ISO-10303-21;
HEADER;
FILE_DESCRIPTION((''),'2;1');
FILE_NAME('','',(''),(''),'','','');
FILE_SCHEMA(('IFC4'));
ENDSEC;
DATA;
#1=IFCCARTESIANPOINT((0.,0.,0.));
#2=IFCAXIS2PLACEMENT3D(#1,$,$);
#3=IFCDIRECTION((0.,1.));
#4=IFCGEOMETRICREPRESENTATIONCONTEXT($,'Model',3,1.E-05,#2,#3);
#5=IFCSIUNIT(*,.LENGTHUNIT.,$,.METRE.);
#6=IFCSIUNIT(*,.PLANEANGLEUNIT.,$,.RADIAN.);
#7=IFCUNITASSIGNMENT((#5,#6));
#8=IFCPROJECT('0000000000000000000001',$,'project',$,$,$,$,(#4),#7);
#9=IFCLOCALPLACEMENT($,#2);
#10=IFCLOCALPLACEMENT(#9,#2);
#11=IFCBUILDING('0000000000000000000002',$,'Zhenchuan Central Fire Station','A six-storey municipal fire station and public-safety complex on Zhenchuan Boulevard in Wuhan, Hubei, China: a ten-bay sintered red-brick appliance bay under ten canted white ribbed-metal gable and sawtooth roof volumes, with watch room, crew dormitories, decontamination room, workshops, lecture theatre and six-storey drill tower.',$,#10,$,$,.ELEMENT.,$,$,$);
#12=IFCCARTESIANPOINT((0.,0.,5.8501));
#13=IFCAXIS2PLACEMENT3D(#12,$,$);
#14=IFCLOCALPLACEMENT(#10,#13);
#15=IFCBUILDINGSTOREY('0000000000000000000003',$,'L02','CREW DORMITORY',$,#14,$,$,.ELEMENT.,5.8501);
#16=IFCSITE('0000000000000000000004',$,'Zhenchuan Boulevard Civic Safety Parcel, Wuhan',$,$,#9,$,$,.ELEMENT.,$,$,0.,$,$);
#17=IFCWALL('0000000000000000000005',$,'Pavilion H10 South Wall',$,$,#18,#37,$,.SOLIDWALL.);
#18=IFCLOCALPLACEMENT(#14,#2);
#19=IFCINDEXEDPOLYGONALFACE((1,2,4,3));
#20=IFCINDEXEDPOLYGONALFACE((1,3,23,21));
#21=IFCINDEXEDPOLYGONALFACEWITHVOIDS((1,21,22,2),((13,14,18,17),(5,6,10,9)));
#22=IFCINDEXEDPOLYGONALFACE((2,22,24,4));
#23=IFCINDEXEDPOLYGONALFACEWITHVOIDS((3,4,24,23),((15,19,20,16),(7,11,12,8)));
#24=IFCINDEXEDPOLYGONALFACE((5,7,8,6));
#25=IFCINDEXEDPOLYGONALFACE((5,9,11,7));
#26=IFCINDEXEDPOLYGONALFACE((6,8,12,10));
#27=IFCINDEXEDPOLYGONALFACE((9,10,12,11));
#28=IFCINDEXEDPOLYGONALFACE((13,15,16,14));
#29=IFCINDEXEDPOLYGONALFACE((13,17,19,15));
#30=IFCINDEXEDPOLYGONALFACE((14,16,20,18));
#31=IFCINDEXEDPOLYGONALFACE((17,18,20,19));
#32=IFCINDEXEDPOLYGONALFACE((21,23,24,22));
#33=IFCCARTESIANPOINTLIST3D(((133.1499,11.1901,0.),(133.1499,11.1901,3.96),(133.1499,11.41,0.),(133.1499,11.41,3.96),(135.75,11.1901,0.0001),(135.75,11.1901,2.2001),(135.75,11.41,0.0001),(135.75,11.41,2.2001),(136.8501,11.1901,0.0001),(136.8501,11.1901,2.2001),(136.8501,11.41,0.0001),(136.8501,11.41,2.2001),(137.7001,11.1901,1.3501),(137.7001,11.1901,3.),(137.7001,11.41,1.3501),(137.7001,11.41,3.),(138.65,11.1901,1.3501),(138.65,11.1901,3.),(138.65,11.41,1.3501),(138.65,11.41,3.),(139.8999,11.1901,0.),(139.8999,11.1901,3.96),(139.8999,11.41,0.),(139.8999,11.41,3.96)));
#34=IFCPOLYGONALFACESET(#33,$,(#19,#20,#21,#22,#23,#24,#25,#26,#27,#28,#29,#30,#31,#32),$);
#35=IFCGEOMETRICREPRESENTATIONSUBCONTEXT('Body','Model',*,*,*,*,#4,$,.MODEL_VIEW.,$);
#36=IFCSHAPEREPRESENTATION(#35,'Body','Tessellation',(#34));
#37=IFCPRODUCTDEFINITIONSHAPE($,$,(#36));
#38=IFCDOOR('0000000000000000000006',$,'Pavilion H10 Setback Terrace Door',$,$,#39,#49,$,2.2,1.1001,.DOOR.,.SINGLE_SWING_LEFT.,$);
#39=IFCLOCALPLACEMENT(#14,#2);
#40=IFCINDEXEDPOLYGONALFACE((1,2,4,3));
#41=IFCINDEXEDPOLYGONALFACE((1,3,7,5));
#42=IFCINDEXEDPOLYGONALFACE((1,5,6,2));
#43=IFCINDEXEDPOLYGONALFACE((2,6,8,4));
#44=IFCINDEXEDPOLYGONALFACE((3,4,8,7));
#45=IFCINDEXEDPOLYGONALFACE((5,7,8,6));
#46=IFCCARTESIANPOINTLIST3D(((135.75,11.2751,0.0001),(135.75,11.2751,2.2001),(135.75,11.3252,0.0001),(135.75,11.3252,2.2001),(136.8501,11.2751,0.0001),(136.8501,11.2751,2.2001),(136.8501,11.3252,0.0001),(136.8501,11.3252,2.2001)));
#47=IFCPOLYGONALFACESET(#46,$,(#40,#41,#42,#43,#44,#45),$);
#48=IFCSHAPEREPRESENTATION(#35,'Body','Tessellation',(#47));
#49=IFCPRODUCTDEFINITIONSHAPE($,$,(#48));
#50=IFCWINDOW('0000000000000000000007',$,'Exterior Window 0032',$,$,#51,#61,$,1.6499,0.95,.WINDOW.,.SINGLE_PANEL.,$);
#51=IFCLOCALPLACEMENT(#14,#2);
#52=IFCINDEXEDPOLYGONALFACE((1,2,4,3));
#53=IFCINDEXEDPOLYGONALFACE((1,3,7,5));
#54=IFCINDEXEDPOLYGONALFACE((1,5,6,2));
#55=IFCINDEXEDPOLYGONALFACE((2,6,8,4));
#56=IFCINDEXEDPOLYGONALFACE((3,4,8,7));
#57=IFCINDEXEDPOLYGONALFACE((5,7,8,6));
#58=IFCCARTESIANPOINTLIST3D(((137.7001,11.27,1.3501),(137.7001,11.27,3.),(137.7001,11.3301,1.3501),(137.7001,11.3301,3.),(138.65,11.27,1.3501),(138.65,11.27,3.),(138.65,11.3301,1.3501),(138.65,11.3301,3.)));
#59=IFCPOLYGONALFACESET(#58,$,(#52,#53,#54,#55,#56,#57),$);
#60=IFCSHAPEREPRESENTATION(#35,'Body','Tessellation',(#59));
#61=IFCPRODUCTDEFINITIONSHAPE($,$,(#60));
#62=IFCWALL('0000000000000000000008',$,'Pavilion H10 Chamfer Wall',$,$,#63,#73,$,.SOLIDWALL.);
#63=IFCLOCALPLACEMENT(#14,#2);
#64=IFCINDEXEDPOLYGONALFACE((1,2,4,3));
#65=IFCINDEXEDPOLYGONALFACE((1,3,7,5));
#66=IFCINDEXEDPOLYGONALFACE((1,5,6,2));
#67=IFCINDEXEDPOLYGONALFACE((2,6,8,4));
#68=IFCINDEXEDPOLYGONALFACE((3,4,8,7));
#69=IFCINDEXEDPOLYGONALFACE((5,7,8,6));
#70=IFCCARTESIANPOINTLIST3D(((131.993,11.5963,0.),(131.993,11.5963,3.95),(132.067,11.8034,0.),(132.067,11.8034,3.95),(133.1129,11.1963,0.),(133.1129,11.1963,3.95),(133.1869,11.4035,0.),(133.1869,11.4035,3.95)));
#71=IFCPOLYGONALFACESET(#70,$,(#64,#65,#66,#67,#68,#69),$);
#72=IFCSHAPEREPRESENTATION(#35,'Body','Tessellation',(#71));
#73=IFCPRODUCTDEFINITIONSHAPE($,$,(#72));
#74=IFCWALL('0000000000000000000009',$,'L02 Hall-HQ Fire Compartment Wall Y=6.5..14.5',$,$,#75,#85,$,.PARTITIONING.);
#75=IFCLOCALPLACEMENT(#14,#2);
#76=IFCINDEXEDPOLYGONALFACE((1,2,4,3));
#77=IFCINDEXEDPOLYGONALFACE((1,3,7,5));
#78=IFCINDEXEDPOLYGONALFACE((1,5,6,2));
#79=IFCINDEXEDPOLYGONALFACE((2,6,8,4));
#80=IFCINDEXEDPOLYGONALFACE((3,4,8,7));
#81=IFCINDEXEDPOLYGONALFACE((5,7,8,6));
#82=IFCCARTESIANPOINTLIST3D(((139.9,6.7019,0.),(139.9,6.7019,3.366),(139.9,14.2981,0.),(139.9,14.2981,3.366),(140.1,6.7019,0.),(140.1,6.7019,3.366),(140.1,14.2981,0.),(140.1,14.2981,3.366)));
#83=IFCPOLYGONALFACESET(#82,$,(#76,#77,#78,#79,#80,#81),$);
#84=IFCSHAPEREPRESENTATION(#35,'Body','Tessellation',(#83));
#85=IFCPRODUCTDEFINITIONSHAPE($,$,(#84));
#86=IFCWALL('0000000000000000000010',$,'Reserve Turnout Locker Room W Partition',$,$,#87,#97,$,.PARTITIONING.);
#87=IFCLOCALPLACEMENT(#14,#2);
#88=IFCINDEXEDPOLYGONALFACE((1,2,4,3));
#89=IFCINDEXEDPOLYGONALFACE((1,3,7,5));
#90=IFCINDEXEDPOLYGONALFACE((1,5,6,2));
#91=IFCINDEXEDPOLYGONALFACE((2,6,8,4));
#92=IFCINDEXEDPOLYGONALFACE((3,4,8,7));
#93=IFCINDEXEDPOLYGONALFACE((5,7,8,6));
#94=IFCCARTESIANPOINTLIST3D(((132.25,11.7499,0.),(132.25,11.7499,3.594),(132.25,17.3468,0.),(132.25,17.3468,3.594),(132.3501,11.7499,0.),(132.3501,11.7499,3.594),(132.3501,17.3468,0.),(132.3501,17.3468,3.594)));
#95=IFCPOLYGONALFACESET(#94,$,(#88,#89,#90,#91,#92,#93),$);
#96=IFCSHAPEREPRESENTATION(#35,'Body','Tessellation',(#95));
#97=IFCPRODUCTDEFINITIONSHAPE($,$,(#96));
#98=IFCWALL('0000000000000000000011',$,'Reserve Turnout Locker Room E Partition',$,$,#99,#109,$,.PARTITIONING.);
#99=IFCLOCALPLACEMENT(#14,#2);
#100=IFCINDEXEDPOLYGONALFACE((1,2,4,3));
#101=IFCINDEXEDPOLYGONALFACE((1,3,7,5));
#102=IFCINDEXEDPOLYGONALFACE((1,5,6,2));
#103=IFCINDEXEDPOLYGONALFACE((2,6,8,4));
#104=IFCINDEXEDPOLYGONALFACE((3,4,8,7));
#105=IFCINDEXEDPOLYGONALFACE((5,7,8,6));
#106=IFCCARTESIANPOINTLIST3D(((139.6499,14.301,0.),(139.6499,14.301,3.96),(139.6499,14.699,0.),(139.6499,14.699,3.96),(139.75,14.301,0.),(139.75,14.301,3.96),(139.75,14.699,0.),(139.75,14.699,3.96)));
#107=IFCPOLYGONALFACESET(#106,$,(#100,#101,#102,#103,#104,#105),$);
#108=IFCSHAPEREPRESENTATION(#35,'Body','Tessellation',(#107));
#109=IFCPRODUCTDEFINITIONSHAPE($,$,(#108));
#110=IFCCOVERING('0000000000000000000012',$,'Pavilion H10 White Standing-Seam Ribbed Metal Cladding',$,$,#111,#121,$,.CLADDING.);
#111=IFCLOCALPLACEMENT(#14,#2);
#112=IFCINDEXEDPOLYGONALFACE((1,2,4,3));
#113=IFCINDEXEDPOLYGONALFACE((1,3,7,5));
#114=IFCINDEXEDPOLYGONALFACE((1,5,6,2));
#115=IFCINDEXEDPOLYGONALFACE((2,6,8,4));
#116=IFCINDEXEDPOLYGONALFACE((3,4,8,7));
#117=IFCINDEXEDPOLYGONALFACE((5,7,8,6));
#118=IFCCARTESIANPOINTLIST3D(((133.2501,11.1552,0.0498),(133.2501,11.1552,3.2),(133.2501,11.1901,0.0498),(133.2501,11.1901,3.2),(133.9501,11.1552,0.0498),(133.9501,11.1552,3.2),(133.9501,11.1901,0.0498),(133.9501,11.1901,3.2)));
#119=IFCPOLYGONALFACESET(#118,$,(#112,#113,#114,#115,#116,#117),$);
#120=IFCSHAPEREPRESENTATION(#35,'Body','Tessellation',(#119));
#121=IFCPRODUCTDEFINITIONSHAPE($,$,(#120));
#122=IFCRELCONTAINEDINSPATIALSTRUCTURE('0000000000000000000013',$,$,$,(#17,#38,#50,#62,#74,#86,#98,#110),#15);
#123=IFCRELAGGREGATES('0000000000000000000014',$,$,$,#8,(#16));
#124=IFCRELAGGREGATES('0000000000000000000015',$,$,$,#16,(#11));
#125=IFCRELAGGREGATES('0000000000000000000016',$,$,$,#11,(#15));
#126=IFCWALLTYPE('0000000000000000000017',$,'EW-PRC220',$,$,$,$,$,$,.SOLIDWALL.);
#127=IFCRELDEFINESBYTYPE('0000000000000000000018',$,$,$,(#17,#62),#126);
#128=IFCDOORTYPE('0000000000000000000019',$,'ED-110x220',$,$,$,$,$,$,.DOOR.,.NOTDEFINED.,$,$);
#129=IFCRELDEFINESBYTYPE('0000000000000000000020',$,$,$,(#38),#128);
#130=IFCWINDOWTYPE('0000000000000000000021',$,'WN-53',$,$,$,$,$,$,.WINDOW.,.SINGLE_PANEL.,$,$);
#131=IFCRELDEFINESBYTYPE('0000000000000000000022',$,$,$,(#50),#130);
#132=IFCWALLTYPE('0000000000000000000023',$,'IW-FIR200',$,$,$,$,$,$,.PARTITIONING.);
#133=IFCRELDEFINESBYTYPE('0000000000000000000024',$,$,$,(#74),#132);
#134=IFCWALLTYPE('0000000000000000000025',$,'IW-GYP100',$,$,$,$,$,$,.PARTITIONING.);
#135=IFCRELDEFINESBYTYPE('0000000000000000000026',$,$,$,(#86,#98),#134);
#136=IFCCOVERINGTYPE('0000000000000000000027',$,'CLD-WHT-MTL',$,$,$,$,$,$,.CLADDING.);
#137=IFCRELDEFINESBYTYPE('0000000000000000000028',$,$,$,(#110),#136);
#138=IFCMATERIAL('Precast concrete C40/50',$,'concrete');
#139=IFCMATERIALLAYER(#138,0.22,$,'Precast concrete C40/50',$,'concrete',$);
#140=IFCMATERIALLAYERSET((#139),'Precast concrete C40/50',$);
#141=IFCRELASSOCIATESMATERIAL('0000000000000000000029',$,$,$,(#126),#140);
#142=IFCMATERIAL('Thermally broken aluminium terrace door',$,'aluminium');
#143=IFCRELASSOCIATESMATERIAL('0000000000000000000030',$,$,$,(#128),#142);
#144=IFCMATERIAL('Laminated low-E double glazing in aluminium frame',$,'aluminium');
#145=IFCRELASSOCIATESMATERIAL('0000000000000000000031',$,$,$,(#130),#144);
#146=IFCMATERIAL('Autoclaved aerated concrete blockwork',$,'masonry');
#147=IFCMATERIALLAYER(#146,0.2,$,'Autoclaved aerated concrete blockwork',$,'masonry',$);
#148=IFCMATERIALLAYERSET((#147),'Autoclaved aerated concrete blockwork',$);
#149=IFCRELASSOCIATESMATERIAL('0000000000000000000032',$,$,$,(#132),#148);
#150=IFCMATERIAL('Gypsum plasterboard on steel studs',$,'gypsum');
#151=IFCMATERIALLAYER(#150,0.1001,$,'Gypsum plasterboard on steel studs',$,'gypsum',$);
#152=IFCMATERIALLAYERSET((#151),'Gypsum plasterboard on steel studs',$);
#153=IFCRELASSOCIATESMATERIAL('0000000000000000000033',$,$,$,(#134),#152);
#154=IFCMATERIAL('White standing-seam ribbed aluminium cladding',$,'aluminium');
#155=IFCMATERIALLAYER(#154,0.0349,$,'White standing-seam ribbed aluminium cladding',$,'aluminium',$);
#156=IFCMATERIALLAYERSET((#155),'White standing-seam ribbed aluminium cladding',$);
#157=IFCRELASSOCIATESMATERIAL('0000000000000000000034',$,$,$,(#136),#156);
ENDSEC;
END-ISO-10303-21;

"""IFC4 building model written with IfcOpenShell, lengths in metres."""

from ifc_helpers import new_model, si_unit, direction, frame, frame_2d, origin, place, context, subcontext, project, spatial, polyline, rectangle, outline, extrude, material, layer, layer_set, type_object, element, fill, save


model = new_model("IFC4")

# Units and contexts
model_context = context("Model", 3, precision=1e-05, world=origin(), true_north=direction((0.0, 1.0)))
body_context = subcontext(model_context, "Body", "Model", "MODEL_VIEW")
ifc_project = project(units=[si_unit("LENGTHUNIT", "METRE"), si_unit("PLANEANGLEUNIT", "RADIAN")], contexts=[model_context])

# Site, building, storey
site_placement = place(None, origin())
site = spatial("IfcSite", under=ifc_project, at=site_placement, Name="Zhenchuan Boulevard Civic Safety Parcel, Wuhan", CompositionType="ELEMENT", RefElevation=0.0)
building_placement = place(site_placement, origin())
building = spatial("IfcBuilding", under=site, at=building_placement, Name="Zhenchuan Central Fire Station", Description="A six-storey municipal fire station and public-safety complex on Zhenchuan Boulevard in Wuhan, Hubei, China: a ten-bay sintered red-brick appliance bay under ten canted white ribbed-metal gable and sawtooth roof volumes, with watch room, crew dormitories, decontamination room, workshops, lecture theatre and six-storey drill tower.", CompositionType="ELEMENT")
storey_placement = place(building_placement, frame((0.0, 0.0, 5.8501)))
storey = spatial("IfcBuildingStorey", under=building, at=storey_placement, Name="L02", Description="CREW DORMITORY", CompositionType="ELEMENT", Elevation=5.8501)

# Wall, openings, door, window
ifc_material_1 = material(Name="Precast concrete C40/50", Category="concrete")
ifc_layer_1 = layer(ifc_material_1, 0.22, Name="Precast concrete C40/50", Category="concrete")
ifc_layer_set_1 = layer_set([ifc_layer_1], Name="Precast concrete C40/50")
wall_type_1 = type_object("IfcWallType", Name="EW-PRC220", PredefinedType="SOLIDWALL", material=ifc_layer_set_1)
wall_1_placement = place(storey_placement, frame((133.1499, 11.3, 0.0), z_axis=(0.0, 0.0, 1.0), x_axis=(1.0, 0.0, 0.0)))
wall_1 = element("IfcWall", 1, at=wall_1_placement, inside=storey, type_object=wall_type_1, Name="Pavilion H10 South Wall", PredefinedType="SOLIDWALL", context=body_context, shape_type="SweptSolid", body=[
    extrude(rectangle(XDim=6.75, YDim=0.22, at=frame_2d((3.375, 0.0))), origin(), (0.0, 0.0, 1.0), 3.96),
])
opening_1_placement = place(wall_1_placement, frame((2.6001, 0.0, 0.0)))
opening_1 = element("IfcOpeningElement", 2, at=opening_1_placement, cuts=wall_1, PredefinedType="OPENING", context=body_context, shape_type="SweptSolid", body=[
    extrude(rectangle(XDim=1.1001, YDim=2.2, at=frame_2d((0.55, 1.1001))), frame((0.0, 0.1199, 0.0), z_axis=(0.0, -1.0, 0.0), x_axis=(1.0, 0.0, 0.0)), (0.0, 0.0, 1.0), 0.24),
])
opening_2_placement = place(wall_1_placement, frame((4.55, 0.0, 1.3501)))
opening_2 = element("IfcOpeningElement", 3, at=opening_2_placement, cuts=wall_1, PredefinedType="OPENING", context=body_context, shape_type="SweptSolid", body=[
    extrude(rectangle(XDim=0.95, YDim=1.6499, at=frame_2d((0.4751, 0.825))), frame((0.0, 0.1199, 0.0), z_axis=(0.0, -1.0, 0.0), x_axis=(1.0, 0.0, 0.0)), (0.0, 0.0, 1.0), 0.24),
])
ifc_material_2 = material(Name="Thermally broken aluminium terrace door", Category="aluminium")
door_type = type_object("IfcDoorType", Name="ED-110x220", OperationType="NOTDEFINED", PredefinedType="DOOR", material=ifc_material_2)
door_placement = place(opening_1_placement, frame((1.1001, 0.0, 0.0), z_axis=(0.0, 0.0, 1.0), x_axis=(-1.0, 0.0, 0.0)))
door = element("IfcDoor", 4, at=door_placement, inside=storey, type_object=door_type, Name="Pavilion H10 Setback Terrace Door", OperationType="SINGLE_SWING_LEFT", OverallHeight=2.2, OverallWidth=1.1001, PredefinedType="DOOR", context=body_context, shape_type="SweptSolid", body=[
    extrude(rectangle(XDim=1.1001, YDim=2.2, at=frame_2d((0.55, 1.1001))), frame((0.0, 0.0249, 0.0), z_axis=(0.0, -1.0, 0.0), x_axis=(1.0, 0.0, 0.0)), (0.0, 0.0, 1.0), 0.05),
])
fill(opening_1, door)
ifc_material_3 = material(Name="Laminated low-E double glazing in aluminium frame", Category="aluminium")
window_type = type_object("IfcWindowType", Name="WN-53", PartitioningType="SINGLE_PANEL", PredefinedType="WINDOW", material=ifc_material_3)
window_placement = place(opening_2_placement, origin())
window = element("IfcWindow", 5, at=window_placement, inside=storey, type_object=window_type, Name="Exterior Window 0032", OverallHeight=1.6499, OverallWidth=0.95, PartitioningType="SINGLE_PANEL", PredefinedType="WINDOW", context=body_context, shape_type="SweptSolid", body=[
    extrude(rectangle(XDim=0.95, YDim=1.6499, at=frame_2d((0.4751, 0.825))), frame((0.0, 0.03, 0.0), z_axis=(0.0, -1.0, 0.0), x_axis=(1.0, 0.0, 0.0)), (0.0, 0.0, 1.0), 0.0601),
])
fill(opening_2, window)

# Walls
wall_2_placement = place(storey_placement, frame((132.03, 11.7, 0.0), z_axis=(0.0, 0.0, 1.0), x_axis=(0.941756, -0.336297, 0.0)))
element("IfcWall", 6, at=wall_2_placement, inside=storey, type_object=wall_type_1, Name="Pavilion H10 Chamfer Wall", PredefinedType="SOLIDWALL", context=body_context, shape_type="SweptSolid", body=[
    extrude(outline(polyline([(0.0, 0.0), (1.1892, 0.0), (1.1892, 3.95), (0.0, 3.95), (0.0, 0.0)])), frame((0.0, 0.1099, 0.0), z_axis=(0.0, -1.0, 0.0), x_axis=(1.0, 0.0, 0.0)), (0.0, 0.0, 1.0), 0.22),
])
ifc_material_4 = material(Name="Autoclaved aerated concrete blockwork", Category="masonry")
ifc_layer_2 = layer(ifc_material_4, 0.2, Name="Autoclaved aerated concrete blockwork", Category="masonry")
ifc_layer_set_2 = layer_set([ifc_layer_2], Name="Autoclaved aerated concrete blockwork")
wall_type_2 = type_object("IfcWallType", Name="IW-FIR200", PredefinedType="PARTITIONING", material=ifc_layer_set_2)
wall_3_placement = place(storey_placement, frame((140.0, 6.7019, 0.0), z_axis=(0.0, 0.0, 1.0), x_axis=(0.0, 1.0, 0.0)))
element("IfcWall", 7, at=wall_3_placement, inside=storey, type_object=wall_type_2, Name="L02 Hall-HQ Fire Compartment Wall Y=6.5..14.5", PredefinedType="PARTITIONING", context=body_context, shape_type="SweptSolid", body=[
    extrude(rectangle(XDim=7.5962, YDim=0.2, at=frame_2d((3.7981, 0.0))), origin(), (0.0, 0.0, 1.0), 3.366),
])
ifc_material_5 = material(Name="Gypsum plasterboard on steel studs", Category="gypsum")
ifc_layer_3 = layer(ifc_material_5, 0.1001, Name="Gypsum plasterboard on steel studs", Category="gypsum")
ifc_layer_set_3 = layer_set([ifc_layer_3], Name="Gypsum plasterboard on steel studs")
wall_type_3 = type_object("IfcWallType", Name="IW-GYP100", PredefinedType="PARTITIONING", material=ifc_layer_set_3)
wall_4_placement = place(storey_placement, frame((132.3, 11.75, 0.0), z_axis=(0.0, 0.0, 1.0), x_axis=(0.0, 1.0, 0.0)))
element("IfcWall", 8, at=wall_4_placement, inside=storey, type_object=wall_type_3, Name="Reserve Turnout Locker Room W Partition", PredefinedType="PARTITIONING", context=body_context, shape_type="SweptSolid", body=[
    extrude(rectangle(XDim=5.5969, YDim=0.1001, at=frame_2d((2.7983, 0.0))), origin(), (0.0, 0.0, 1.0), 3.594),
])
wall_5_placement = place(storey_placement, frame((139.7, 14.301, 0.0), z_axis=(0.0, 0.0, 1.0), x_axis=(0.0, 1.0, 0.0)))
element("IfcWall", 9, at=wall_5_placement, inside=storey, type_object=wall_type_3, Name="Reserve Turnout Locker Room E Partition", PredefinedType="PARTITIONING", context=body_context, shape_type="SweptSolid", body=[
    extrude(rectangle(XDim=0.3979, YDim=0.1001, at=frame_2d((0.199, 0.0))), origin(), (0.0, 0.0, 1.0), 3.96),
])

# Covering
ifc_material_6 = material(Name="White standing-seam ribbed aluminium cladding", Category="aluminium")
ifc_layer_4 = layer(ifc_material_6, 0.0349, Name="White standing-seam ribbed aluminium cladding", Category="aluminium")
ifc_layer_set_4 = layer_set([ifc_layer_4], Name="White standing-seam ribbed aluminium cladding")
covering_type = type_object("IfcCoveringType", Name="CLD-WHT-MTL", PredefinedType="CLADDING", material=ifc_layer_set_4)
covering_placement = place(storey_placement, frame((133.25, 11.1726, 0.0498), z_axis=(0.0, 0.0, 1.0), x_axis=(1.0, 0.0, 0.0)))
element("IfcCovering", 10, at=covering_placement, inside=storey, type_object=covering_type, Name="Pavilion H10 White Standing-Seam Ribbed Metal Cladding", PredefinedType="CLADDING", context=body_context, shape_type="SweptSolid", body=[
    extrude(rectangle(XDim=0.7, YDim=0.0349, at=frame_2d((0.3501, 0.0))), origin(), (0.0, 0.0, 1.0), 3.1501),
])

save(model, "model.ifc")
